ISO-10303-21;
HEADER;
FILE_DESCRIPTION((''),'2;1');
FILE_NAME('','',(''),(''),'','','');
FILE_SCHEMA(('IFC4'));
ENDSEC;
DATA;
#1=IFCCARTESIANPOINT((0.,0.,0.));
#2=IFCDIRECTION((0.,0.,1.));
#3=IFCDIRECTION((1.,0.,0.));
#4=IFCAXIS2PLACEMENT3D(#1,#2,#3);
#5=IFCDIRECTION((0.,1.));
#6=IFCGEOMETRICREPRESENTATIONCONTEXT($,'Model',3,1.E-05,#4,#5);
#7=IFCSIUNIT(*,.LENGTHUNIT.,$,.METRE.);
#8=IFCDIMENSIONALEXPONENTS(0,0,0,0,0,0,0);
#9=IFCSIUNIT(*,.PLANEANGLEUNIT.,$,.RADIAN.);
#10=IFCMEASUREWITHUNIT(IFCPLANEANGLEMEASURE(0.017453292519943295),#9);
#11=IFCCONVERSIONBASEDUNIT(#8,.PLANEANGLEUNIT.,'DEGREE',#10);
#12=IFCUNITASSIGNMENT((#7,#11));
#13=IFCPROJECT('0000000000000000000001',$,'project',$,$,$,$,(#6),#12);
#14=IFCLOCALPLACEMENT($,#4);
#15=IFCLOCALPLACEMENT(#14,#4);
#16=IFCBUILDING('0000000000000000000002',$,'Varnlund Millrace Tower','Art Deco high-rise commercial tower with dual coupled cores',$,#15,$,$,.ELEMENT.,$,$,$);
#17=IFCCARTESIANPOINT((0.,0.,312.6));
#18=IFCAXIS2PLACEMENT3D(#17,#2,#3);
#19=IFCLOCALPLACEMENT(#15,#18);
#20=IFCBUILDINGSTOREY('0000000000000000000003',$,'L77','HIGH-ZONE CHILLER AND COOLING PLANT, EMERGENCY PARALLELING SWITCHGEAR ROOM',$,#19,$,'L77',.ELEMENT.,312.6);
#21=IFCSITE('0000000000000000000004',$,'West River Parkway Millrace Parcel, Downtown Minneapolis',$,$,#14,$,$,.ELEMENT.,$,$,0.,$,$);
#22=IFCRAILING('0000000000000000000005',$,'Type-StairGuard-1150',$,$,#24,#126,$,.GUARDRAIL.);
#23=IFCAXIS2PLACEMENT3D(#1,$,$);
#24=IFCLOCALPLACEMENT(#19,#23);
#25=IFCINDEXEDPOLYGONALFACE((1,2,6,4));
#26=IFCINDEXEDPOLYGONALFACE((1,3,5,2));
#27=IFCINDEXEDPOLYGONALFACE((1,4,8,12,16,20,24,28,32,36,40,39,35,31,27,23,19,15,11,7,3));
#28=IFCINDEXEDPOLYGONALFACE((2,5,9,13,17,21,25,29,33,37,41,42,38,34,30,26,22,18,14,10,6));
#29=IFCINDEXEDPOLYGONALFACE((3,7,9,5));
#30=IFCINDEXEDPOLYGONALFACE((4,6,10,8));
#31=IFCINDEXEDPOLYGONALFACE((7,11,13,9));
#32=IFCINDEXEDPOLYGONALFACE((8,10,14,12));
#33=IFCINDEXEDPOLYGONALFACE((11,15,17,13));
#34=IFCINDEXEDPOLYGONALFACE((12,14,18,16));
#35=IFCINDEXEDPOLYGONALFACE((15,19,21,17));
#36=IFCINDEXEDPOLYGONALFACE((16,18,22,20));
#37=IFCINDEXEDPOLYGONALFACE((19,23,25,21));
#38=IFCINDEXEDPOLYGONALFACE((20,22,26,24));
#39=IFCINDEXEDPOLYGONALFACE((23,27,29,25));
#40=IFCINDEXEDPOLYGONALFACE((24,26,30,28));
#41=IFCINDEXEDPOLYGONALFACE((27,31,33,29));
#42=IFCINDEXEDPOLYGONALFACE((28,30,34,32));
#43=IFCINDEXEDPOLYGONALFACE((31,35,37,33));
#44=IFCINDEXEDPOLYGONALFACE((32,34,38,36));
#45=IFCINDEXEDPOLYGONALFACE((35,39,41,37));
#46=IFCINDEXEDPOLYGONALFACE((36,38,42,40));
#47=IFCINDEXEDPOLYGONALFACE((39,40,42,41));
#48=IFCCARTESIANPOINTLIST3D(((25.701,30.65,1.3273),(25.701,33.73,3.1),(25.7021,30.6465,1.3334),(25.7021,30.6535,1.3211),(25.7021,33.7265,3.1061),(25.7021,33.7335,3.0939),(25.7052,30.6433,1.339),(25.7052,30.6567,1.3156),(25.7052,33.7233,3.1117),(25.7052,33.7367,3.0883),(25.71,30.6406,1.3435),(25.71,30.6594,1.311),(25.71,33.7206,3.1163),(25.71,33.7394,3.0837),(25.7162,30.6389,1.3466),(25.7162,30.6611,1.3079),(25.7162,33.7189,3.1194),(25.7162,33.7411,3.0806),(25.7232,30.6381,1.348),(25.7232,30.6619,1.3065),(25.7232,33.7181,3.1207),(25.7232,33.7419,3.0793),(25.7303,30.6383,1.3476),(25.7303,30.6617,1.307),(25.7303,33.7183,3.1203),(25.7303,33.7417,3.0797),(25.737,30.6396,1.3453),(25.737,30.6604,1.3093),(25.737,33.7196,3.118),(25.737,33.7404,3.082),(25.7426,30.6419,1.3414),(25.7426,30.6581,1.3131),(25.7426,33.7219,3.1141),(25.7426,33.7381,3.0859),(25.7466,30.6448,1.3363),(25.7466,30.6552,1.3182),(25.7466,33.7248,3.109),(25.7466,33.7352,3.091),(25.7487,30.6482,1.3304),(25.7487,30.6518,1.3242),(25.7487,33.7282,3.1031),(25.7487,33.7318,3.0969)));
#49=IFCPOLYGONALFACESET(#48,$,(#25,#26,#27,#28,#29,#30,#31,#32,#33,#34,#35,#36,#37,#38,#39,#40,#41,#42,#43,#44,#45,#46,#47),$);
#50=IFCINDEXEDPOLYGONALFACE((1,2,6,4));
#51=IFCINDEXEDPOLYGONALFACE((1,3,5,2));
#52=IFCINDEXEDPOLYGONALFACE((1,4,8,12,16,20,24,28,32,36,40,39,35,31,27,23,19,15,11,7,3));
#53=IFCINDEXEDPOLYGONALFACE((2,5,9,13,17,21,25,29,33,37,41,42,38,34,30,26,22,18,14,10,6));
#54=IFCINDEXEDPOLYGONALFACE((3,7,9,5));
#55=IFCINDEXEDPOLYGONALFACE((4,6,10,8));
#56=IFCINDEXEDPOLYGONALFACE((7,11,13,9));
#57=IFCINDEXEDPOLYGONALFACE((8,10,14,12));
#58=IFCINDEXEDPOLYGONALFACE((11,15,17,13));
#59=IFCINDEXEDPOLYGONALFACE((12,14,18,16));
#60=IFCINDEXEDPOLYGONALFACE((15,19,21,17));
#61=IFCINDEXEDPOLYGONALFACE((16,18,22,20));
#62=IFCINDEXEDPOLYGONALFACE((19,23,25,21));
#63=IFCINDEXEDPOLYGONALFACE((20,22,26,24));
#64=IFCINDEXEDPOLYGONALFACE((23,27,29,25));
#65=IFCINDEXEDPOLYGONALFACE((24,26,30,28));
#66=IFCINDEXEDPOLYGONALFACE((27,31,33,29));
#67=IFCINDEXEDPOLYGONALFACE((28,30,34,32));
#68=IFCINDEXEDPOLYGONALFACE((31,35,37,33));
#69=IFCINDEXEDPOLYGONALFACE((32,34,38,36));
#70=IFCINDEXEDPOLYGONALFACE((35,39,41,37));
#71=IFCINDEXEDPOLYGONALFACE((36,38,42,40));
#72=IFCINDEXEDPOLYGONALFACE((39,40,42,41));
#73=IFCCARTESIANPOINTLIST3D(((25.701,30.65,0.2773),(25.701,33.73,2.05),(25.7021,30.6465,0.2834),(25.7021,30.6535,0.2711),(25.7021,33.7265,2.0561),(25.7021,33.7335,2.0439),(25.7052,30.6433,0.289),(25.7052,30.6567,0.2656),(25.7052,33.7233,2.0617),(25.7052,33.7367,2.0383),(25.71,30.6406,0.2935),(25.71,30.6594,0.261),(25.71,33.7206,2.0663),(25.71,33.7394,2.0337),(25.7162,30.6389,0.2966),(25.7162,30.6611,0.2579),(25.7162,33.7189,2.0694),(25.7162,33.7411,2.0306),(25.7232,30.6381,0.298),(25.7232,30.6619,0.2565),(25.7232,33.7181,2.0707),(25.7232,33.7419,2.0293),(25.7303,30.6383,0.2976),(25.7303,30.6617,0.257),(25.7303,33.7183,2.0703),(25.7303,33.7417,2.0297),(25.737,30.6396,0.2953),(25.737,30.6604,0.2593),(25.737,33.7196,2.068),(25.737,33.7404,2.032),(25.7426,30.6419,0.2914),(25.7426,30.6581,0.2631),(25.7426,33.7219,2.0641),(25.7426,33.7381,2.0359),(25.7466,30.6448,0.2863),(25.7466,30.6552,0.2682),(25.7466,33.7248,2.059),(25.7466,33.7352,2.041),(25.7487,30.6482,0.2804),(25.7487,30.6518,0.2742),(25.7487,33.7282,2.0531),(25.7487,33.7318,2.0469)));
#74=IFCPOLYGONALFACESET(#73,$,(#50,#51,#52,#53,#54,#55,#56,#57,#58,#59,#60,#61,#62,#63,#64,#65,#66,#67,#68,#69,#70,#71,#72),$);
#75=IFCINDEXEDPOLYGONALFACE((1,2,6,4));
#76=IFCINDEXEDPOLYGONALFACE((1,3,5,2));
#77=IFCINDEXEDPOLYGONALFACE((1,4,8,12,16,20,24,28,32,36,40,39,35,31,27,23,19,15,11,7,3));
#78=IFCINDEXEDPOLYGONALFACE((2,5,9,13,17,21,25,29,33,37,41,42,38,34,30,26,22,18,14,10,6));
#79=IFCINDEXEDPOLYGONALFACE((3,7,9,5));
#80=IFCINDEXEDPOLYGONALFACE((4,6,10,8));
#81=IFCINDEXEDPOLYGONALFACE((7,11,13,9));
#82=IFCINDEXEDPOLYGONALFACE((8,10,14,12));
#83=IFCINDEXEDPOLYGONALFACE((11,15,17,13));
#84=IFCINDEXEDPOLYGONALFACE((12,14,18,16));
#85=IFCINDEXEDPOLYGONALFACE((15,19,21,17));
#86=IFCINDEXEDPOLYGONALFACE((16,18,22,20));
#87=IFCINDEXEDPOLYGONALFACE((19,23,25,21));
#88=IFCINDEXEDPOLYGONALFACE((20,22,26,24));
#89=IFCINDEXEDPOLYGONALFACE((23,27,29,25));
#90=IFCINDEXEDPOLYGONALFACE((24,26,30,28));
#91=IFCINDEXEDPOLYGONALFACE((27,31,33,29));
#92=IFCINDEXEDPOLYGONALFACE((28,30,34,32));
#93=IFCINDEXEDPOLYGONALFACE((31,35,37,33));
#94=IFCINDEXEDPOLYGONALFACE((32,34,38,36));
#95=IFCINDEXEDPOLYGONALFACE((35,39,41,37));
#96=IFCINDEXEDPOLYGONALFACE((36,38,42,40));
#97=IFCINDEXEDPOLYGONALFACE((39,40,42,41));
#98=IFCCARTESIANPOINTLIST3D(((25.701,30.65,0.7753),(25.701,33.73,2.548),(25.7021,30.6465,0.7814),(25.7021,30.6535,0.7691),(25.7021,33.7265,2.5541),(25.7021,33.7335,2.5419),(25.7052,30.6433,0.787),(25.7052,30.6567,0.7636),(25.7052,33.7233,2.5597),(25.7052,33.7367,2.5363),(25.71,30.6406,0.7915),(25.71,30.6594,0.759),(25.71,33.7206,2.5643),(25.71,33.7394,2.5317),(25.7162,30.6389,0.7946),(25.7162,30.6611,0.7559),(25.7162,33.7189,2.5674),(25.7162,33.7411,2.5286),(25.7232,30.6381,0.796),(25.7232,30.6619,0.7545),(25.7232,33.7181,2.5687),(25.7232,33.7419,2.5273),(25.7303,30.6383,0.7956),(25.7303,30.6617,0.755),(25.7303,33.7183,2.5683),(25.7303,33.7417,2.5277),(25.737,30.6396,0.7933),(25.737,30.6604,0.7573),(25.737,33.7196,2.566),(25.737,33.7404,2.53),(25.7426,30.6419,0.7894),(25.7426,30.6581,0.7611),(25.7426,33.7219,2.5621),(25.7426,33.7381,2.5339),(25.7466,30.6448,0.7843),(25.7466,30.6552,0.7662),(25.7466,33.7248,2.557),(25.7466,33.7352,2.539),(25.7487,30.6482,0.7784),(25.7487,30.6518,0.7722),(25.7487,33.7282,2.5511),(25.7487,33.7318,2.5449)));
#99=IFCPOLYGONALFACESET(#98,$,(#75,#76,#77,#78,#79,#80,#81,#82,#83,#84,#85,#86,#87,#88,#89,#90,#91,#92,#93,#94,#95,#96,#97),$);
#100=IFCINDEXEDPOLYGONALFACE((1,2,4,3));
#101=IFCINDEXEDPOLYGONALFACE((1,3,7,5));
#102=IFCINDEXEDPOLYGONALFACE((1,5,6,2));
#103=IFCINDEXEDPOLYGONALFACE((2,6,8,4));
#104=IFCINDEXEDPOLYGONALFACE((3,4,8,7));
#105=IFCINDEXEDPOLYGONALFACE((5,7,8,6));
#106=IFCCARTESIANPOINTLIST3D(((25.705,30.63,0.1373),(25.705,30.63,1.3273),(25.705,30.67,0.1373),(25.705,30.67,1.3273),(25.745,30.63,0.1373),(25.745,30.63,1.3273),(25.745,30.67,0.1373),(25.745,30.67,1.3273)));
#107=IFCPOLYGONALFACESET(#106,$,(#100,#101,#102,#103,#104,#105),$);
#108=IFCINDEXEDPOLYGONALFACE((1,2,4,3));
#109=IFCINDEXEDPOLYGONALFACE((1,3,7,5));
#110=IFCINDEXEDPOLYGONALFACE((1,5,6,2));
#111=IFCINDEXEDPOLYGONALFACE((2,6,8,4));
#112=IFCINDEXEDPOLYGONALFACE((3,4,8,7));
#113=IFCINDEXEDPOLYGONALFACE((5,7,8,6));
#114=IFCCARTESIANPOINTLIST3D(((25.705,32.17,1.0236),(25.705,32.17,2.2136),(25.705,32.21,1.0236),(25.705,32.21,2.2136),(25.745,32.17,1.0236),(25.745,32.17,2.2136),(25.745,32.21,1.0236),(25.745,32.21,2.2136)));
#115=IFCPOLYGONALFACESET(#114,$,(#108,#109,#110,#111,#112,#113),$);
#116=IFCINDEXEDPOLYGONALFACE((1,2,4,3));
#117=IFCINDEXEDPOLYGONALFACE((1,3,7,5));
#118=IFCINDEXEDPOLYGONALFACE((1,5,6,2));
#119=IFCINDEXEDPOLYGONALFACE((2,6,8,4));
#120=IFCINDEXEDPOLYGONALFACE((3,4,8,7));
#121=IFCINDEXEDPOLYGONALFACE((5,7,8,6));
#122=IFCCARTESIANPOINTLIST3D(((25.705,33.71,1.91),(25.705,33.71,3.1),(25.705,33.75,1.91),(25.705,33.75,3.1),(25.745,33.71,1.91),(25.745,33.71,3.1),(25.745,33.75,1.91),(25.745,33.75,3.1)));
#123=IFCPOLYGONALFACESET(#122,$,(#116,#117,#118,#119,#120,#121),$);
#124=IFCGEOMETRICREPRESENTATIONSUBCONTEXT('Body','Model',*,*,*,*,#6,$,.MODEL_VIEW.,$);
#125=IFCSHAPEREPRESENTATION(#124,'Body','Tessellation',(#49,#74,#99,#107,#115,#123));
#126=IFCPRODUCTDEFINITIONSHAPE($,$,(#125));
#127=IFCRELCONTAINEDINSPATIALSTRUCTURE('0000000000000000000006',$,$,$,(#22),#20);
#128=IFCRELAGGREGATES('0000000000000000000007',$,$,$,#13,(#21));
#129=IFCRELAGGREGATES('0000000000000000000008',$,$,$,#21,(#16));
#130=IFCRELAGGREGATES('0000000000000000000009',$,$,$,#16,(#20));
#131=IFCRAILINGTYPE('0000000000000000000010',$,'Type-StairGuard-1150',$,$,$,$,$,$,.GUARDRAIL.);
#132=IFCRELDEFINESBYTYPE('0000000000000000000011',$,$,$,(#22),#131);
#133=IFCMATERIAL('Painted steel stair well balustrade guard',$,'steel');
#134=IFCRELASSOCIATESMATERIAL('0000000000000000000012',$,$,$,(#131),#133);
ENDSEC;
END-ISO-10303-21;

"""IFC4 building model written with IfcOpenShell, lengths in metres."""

from ifc_helpers import new_model, entity, si_unit, converted_unit, direction, frame, origin_with_axes, origin_2d_with_axis, place, context, subcontext, project, spatial, rectangle, circle, extrude, material, type_object, element, save


model = new_model("IFC4")

# Units and contexts
model_context = context("Model", 3, precision=1e-05, world=origin_with_axes(), true_north=direction((0.0, 1.0)))
body_context = subcontext(model_context, "Body", "Model", "MODEL_VIEW")
ifc_project = project(units=[si_unit("LENGTHUNIT", "METRE"), converted_unit("PLANEANGLEUNIT", "DEGREE", entity("IfcPlaneAngleMeasure", 0.017453292519943295), si_unit("PLANEANGLEUNIT", "RADIAN"), dimensions=[0, 0, 0, 0, 0, 0, 0])], contexts=[model_context])

# Site, building, storey
site_placement = place(None, origin_with_axes())
site = spatial("IfcSite", under=ifc_project, at=site_placement, Name="West River Parkway Millrace Parcel, Downtown Minneapolis", CompositionType="ELEMENT", RefElevation=0.0)
building_placement = place(site_placement, origin_with_axes())
building = spatial("IfcBuilding", under=site, at=building_placement, Name="Varnlund Millrace Tower", Description="Art Deco high-rise commercial tower with dual coupled cores", CompositionType="ELEMENT")
storey_placement = place(building_placement, frame((0.0, 0.0, 312.6), z_axis=(0.0, 0.0, 1.0), x_axis=(1.0, 0.0, 0.0)))
storey = spatial("IfcBuildingStorey", under=building, at=storey_placement, Name="L77", Description="HIGH-ZONE CHILLER AND COOLING PLANT, EMERGENCY PARALLELING SWITCHGEAR ROOM", LongName="L77", CompositionType="ELEMENT", Elevation=312.6)

# Railing
ifc_material_1 = material(Name="Painted steel stair well balustrade guard", Category="steel")
railing_type_1 = type_object("IfcRailingType", Name="Type-StairGuard-1150", PredefinedType="GUARDRAIL", material=ifc_material_1)
railing_1_placement = place(storey_placement, frame((0.0, 0.0, -312.6), z_axis=(0.0, 0.0, 1.0), x_axis=(1.0, 0.0, 0.0)))
element("IfcRailing", 1, at=railing_1_placement, inside=storey, type_object=railing_type_1, Name="Type-StairGuard-1150", PredefinedType="GUARDRAIL", context=body_context, shape_type="SweptSolid", body=[
    extrude(circle(Radius=0.024, at=origin_2d_with_axis()), frame((25.725, 30.65, 313.9273), z_axis=(0.0, 0.866696, 0.498836), x_axis=(-1.0, 0.0, 0.0)), (0.0, 0.0, 1.0), 3.5537),
    extrude(circle(Radius=0.024, at=origin_2d_with_axis()), frame((25.725, 30.65, 312.8773), z_axis=(0.0, 0.866696, 0.498836), x_axis=(-1.0, 0.0, 0.0)), (0.0, 0.0, 1.0), 3.5537),
    extrude(circle(Radius=0.024, at=origin_2d_with_axis()), frame((25.725, 30.65, 313.3753), z_axis=(0.0, 0.866696, 0.498836), x_axis=(-1.0, 0.0, 0.0)), (0.0, 0.0, 1.0), 3.5537),
    extrude(rectangle(XDim=0.04, YDim=0.04, at=origin_2d_with_axis()), frame((25.725, 30.65, 312.7373), z_axis=(0.0, 0.0, 1.0), x_axis=(1.0, 0.0, 0.0)), (0.0, 0.0, 1.0), 1.19),
    extrude(rectangle(XDim=0.04, YDim=0.04, at=origin_2d_with_axis()), frame((25.725, 32.19, 313.6236), z_axis=(0.0, 0.0, 1.0), x_axis=(1.0, 0.0, 0.0)), (0.0, 0.0, 1.0), 1.19),
    extrude(rectangle(XDim=0.04, YDim=0.04, at=origin_2d_with_axis()), frame((25.725, 33.73, 314.51), z_axis=(0.0, 0.0, 1.0), x_axis=(1.0, 0.0, 0.0)), (0.0, 0.0, 1.0), 1.19),
])

save(model, "model.ifc")
